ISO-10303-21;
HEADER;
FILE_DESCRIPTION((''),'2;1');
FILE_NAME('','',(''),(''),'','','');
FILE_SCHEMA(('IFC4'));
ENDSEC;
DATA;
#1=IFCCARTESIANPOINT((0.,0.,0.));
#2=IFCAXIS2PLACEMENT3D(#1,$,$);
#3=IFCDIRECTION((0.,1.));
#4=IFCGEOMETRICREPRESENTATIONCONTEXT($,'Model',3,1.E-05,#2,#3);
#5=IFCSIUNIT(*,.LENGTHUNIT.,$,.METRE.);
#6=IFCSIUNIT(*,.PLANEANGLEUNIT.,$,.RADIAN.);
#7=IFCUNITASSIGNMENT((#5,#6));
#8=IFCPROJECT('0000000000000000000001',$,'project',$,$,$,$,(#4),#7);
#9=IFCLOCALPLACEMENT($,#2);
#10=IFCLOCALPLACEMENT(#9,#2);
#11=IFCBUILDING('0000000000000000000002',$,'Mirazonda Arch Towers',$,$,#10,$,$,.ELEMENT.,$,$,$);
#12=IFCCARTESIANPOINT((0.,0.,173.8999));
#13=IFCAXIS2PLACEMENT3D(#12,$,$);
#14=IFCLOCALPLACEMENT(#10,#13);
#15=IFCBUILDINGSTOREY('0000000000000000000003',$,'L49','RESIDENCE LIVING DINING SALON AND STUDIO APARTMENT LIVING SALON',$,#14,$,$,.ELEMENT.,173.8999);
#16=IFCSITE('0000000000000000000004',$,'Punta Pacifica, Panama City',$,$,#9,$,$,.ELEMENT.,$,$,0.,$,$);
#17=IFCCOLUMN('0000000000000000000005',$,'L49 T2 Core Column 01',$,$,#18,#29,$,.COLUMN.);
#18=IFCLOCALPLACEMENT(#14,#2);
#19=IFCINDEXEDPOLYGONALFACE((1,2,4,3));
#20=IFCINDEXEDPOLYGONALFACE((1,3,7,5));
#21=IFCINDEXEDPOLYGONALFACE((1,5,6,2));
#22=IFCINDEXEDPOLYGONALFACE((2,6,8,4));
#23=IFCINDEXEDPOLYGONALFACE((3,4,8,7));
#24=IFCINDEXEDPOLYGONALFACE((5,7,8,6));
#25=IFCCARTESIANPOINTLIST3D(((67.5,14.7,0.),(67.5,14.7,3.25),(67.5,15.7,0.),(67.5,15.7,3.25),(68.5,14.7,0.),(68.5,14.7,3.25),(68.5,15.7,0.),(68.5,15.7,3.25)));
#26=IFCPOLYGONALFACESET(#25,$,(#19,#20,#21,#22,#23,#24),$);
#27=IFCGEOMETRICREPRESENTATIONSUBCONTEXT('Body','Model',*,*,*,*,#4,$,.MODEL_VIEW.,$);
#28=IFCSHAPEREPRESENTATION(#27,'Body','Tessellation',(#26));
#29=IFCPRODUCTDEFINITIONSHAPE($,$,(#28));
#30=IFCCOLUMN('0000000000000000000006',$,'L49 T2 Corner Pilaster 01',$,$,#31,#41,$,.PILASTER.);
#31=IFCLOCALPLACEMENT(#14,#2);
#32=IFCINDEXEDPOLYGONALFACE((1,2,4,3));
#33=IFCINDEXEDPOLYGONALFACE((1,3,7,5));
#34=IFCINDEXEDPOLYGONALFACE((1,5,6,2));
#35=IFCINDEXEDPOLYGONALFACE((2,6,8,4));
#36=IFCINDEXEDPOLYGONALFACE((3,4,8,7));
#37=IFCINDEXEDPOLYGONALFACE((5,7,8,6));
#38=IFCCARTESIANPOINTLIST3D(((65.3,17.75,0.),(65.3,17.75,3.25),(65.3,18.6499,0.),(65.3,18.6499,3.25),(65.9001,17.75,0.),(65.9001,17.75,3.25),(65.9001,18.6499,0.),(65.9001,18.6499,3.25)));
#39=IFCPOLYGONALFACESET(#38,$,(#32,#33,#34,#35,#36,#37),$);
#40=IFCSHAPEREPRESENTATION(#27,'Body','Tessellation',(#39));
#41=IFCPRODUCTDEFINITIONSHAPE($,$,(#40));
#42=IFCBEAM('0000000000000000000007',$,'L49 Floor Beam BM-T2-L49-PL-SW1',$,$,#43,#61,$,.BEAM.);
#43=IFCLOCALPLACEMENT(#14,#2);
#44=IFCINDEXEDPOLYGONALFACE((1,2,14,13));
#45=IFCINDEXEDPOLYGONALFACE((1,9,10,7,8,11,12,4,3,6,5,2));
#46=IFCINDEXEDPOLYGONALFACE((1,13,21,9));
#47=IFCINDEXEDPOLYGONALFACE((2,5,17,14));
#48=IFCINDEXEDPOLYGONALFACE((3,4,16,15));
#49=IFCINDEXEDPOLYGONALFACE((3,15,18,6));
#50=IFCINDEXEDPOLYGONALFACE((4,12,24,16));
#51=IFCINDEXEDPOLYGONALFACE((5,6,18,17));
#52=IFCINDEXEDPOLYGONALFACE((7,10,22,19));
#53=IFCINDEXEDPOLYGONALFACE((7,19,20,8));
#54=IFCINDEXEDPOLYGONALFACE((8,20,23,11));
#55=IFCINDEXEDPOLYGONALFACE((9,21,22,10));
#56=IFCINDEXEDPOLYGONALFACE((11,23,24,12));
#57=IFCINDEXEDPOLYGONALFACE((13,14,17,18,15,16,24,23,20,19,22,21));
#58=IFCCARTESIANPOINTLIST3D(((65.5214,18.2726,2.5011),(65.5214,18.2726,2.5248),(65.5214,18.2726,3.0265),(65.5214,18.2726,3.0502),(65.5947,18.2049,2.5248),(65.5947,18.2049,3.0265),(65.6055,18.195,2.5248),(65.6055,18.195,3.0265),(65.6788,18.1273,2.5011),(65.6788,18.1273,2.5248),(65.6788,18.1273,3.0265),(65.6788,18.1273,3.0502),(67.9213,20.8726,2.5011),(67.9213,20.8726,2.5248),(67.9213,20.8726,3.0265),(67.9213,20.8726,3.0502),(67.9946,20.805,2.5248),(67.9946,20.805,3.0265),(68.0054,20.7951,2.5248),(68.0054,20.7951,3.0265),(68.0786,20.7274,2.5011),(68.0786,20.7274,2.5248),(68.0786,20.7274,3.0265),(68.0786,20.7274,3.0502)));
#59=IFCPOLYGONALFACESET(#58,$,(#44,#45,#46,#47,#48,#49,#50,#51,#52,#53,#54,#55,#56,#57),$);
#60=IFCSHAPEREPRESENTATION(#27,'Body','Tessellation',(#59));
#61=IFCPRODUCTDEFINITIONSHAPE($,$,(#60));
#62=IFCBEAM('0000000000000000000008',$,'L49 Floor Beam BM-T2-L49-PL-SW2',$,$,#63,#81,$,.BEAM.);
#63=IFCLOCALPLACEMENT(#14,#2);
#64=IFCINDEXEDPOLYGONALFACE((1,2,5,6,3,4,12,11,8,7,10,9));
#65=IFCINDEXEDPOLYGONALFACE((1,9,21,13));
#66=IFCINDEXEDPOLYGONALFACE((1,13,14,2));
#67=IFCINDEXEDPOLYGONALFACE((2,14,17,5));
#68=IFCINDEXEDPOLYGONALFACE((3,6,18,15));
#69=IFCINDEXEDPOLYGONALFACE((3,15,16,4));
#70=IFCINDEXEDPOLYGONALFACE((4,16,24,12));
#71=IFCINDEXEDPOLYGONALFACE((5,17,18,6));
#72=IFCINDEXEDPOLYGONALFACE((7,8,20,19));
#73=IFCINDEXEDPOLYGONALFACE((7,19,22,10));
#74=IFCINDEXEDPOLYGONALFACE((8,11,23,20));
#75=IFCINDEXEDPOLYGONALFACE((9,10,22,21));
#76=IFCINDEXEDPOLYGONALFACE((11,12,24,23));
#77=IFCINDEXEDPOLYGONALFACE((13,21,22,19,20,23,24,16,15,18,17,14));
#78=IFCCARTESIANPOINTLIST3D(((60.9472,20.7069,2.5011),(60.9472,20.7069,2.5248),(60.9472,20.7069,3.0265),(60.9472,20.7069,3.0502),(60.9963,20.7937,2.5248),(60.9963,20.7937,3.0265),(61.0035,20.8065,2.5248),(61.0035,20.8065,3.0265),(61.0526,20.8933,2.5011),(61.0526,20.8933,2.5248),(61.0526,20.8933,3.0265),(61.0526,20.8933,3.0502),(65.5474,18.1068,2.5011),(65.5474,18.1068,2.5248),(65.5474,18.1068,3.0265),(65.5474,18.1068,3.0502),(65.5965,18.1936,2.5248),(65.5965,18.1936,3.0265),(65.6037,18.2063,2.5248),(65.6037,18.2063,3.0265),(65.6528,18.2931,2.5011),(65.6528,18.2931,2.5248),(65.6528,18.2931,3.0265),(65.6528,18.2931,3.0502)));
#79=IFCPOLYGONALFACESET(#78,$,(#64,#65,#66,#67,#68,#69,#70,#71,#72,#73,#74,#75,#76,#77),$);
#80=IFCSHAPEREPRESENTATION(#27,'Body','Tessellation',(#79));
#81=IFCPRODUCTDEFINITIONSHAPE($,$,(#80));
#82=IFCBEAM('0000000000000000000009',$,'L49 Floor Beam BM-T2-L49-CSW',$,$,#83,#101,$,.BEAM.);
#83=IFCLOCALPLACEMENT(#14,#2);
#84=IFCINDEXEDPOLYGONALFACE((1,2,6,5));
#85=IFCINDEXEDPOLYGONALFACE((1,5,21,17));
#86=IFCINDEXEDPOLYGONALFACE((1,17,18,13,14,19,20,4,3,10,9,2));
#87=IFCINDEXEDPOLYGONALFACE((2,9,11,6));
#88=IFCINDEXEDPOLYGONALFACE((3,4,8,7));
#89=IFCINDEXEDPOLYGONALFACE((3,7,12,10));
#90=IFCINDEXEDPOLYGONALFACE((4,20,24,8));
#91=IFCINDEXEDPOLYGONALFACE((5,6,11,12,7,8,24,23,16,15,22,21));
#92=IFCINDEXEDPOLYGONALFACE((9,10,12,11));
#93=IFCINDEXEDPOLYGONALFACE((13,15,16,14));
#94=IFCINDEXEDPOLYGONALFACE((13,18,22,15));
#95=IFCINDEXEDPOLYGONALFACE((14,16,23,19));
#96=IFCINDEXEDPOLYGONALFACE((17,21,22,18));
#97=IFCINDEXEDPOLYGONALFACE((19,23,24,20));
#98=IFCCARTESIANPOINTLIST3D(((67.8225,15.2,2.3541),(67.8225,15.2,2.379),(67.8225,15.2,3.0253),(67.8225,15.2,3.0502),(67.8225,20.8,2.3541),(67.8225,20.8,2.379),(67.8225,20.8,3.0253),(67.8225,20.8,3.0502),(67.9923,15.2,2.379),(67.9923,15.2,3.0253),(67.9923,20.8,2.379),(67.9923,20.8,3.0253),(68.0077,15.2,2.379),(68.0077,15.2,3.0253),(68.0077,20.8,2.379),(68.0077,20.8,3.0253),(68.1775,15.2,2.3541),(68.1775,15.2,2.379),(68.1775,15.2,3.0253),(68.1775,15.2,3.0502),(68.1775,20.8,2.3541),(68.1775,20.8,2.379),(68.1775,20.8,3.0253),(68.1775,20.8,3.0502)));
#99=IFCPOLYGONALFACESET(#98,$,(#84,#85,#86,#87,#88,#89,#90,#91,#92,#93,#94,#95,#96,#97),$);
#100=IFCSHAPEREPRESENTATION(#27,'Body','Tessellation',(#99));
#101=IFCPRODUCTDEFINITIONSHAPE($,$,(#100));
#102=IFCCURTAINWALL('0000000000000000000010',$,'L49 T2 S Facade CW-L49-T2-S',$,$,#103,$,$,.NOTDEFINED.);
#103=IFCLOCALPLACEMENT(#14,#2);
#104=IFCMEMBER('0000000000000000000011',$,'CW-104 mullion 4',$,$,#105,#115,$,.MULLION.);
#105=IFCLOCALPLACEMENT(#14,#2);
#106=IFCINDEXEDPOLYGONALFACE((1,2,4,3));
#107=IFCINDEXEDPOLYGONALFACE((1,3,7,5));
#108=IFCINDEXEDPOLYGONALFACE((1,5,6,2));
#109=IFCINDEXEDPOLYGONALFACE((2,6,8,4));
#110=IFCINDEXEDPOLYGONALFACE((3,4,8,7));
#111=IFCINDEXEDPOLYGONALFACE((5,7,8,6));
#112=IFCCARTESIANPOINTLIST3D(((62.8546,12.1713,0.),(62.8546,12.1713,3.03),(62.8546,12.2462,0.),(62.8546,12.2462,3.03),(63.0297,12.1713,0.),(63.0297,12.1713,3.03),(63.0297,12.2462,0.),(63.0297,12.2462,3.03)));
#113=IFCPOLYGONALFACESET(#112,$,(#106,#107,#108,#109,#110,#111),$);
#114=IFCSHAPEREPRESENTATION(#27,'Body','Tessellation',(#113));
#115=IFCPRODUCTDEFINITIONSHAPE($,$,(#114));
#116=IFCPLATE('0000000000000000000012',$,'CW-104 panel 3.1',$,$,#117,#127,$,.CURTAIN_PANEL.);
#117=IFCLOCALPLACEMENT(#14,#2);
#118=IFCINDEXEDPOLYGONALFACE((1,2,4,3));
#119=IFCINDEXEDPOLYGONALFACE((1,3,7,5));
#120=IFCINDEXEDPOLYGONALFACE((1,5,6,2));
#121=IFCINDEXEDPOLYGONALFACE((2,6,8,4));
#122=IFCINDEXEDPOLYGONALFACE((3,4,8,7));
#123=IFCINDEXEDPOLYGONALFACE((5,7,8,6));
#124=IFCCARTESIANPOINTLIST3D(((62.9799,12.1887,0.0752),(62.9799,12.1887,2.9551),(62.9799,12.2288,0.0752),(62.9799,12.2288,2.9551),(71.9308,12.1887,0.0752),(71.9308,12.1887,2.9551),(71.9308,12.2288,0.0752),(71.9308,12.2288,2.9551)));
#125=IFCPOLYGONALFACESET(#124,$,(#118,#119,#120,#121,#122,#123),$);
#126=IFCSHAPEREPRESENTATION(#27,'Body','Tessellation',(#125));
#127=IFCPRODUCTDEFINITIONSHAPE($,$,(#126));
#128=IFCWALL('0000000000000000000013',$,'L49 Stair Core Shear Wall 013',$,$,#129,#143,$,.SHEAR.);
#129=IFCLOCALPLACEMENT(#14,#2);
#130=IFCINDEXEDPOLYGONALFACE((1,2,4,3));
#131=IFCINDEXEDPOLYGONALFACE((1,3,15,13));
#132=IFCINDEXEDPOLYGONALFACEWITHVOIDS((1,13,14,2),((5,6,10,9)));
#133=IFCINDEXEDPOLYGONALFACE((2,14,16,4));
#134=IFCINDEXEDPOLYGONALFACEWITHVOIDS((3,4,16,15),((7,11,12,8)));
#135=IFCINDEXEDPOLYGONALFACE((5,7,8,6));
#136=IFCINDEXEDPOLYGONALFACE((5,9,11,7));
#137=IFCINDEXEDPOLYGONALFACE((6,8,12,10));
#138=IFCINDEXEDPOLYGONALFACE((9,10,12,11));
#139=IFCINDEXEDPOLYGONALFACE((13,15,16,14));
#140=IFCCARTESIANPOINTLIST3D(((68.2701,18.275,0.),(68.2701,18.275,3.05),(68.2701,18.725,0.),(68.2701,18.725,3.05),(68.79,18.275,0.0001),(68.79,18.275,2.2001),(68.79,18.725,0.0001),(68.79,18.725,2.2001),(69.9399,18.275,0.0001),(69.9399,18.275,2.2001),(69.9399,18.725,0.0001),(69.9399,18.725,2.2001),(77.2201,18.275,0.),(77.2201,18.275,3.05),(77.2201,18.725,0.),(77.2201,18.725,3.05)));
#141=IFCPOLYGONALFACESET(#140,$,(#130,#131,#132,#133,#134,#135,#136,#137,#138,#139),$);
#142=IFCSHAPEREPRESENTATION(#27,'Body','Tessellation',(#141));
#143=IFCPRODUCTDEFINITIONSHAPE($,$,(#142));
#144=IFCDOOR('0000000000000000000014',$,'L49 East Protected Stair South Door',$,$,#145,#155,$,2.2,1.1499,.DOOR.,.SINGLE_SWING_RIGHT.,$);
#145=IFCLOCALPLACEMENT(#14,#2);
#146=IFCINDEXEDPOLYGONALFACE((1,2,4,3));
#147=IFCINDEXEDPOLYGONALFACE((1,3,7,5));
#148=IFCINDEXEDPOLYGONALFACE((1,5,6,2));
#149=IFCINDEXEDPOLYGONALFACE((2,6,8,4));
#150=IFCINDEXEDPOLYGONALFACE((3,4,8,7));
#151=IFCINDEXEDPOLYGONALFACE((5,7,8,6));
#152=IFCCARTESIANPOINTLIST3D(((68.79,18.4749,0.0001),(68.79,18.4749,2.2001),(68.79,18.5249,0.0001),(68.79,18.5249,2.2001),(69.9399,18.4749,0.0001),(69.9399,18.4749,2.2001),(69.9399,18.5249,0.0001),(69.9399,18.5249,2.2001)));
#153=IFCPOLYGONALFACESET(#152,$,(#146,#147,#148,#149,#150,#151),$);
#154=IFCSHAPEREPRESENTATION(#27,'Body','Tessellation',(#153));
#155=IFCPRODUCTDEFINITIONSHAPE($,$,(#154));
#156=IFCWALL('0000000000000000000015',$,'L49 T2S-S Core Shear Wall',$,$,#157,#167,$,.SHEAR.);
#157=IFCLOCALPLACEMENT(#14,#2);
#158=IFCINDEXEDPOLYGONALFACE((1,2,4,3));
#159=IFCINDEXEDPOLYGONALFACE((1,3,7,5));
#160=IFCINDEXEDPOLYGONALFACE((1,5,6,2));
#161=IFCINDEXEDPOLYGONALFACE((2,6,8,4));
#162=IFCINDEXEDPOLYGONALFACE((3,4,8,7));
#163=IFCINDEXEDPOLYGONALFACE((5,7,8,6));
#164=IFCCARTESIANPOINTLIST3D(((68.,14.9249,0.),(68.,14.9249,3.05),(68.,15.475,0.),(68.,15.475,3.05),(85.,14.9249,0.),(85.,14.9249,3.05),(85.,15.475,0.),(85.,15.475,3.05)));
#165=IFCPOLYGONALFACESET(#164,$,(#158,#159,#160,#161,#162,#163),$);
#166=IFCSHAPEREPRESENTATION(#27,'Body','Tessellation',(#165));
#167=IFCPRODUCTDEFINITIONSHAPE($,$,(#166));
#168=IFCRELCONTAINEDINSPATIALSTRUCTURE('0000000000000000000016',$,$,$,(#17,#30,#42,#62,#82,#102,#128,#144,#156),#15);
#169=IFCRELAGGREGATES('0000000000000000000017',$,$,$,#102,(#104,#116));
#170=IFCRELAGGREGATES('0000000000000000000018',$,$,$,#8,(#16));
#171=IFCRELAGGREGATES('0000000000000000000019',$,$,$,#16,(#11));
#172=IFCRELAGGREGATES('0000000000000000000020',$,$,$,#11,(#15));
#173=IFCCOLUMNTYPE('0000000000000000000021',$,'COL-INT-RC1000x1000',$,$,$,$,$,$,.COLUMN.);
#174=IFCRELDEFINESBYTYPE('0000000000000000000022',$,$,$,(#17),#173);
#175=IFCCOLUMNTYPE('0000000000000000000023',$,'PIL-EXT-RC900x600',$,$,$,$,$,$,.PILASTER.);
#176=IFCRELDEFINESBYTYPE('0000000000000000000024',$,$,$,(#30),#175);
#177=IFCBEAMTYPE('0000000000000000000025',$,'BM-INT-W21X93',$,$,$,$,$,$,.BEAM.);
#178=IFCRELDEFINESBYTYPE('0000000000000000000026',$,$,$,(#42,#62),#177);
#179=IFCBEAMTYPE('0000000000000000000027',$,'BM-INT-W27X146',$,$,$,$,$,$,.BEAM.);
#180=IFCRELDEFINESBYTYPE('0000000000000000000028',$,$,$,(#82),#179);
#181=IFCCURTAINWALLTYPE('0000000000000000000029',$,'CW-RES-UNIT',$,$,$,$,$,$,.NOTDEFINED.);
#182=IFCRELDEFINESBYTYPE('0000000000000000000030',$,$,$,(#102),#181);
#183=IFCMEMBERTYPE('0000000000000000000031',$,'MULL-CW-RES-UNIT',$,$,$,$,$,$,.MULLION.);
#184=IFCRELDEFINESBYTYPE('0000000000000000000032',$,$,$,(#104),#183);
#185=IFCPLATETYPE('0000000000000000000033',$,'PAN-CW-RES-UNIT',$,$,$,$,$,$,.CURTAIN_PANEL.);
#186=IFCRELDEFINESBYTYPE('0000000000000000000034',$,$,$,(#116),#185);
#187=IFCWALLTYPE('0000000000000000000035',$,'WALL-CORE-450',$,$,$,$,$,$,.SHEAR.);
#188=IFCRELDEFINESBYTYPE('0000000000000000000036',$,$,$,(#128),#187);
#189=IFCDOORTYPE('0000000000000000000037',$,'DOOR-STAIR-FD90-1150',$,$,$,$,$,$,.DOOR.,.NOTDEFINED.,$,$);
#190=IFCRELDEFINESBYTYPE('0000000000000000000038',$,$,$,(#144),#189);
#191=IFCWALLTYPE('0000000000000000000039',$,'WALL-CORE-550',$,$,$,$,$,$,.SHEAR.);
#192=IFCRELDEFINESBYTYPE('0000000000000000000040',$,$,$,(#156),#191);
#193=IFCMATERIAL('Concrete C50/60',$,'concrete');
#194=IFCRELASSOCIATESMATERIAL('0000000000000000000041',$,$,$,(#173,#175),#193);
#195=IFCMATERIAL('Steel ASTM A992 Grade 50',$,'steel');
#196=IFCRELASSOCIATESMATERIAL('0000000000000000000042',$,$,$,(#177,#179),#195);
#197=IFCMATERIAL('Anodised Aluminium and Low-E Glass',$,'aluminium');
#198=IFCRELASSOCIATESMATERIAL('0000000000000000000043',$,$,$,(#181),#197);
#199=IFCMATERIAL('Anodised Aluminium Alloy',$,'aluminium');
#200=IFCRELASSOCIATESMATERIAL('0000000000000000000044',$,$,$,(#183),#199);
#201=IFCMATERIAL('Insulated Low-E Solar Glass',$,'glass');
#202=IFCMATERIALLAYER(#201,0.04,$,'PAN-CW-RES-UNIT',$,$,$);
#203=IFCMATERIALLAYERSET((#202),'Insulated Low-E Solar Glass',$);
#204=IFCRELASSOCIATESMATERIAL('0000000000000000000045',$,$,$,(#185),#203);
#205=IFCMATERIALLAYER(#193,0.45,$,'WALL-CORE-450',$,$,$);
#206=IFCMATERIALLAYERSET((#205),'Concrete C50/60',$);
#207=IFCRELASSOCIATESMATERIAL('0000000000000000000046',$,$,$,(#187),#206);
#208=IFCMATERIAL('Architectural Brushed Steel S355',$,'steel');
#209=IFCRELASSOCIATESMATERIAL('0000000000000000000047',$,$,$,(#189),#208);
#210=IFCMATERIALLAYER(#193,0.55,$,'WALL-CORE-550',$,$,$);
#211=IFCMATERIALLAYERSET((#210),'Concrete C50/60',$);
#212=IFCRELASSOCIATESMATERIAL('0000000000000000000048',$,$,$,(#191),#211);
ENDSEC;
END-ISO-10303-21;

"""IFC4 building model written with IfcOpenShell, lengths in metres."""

from ifc_helpers import new_model, si_unit, direction, frame, frame_2d, origin, origin_2d, place, context, subcontext, project, spatial, rectangle, i_section, extrude, material, layer, layer_set, material_profile, profile_set, type_object, element, fill, aggregate, save


model = new_model("IFC4")

# Units and contexts
model_context = context("Model", 3, precision=1e-05, world=origin(), true_north=direction((0.0, 1.0)))
body_context = subcontext(model_context, "Body", "Model", "MODEL_VIEW")
ifc_project = project(units=[si_unit("LENGTHUNIT", "METRE"), si_unit("PLANEANGLEUNIT", "RADIAN")], contexts=[model_context])

# Site, building, storey
site_placement = place(None, origin())
site = spatial("IfcSite", under=ifc_project, at=site_placement, Name="Punta Pacifica, Panama City", CompositionType="ELEMENT", RefElevation=0.0)
building_placement = place(site_placement, origin())
building = spatial("IfcBuilding", under=site, at=building_placement, Name="Mirazonda Arch Towers", CompositionType="ELEMENT")
storey_placement = place(building_placement, frame((0.0, 0.0, 173.8999)))
storey = spatial("IfcBuildingStorey", under=building, at=storey_placement, Name="L49", Description="RESIDENCE LIVING DINING SALON AND STUDIO APARTMENT LIVING SALON", CompositionType="ELEMENT", Elevation=173.8999)

# Columns
ifc_material_1 = material(Name="Concrete C50/60", Category="concrete")
ifc_material_profile_1 = material_profile(ifc_material_1, rectangle(XDim=1.0, YDim=1.0, at=origin_2d()), Name="RC1000x1000")
ifc_profile_set_1 = profile_set([ifc_material_profile_1], Name="Concrete C50/60")
column_type_1 = type_object("IfcColumnType", Name="COL-INT-RC1000x1000", PredefinedType="COLUMN", material=ifc_profile_set_1)
column_1_placement = place(storey_placement, frame((68.0, 15.2, 0.0), z_axis=(0.0, 0.0, 1.0), x_axis=(1.0, 0.0, 0.0)))
element("IfcColumn", 1, at=column_1_placement, inside=storey, type_object=column_type_1, Name="L49 T2 Core Column 01", PredefinedType="COLUMN", context=body_context, shape_type="SweptSolid", body=[
    extrude(rectangle(XDim=1.0, YDim=1.0, at=origin_2d()), origin(), (0.0, 0.0, 1.0), 3.25),
])
ifc_material_profile_2 = material_profile(ifc_material_1, rectangle(XDim=0.6001, YDim=0.8999, at=origin_2d()), Name="RC900x600")
ifc_profile_set_2 = profile_set([ifc_material_profile_2], Name="Concrete C50/60")
column_type_2 = type_object("IfcColumnType", Name="PIL-EXT-RC900x600", PredefinedType="PILASTER", material=ifc_profile_set_2)
column_2_placement = place(storey_placement, frame((65.6001, 18.2, 0.0), z_axis=(0.0, 0.0, 1.0), x_axis=(1.0, 0.0, 0.0)))
element("IfcColumn", 2, at=column_2_placement, inside=storey, type_object=column_type_2, Name="L49 T2 Corner Pilaster 01", PredefinedType="PILASTER", context=body_context, shape_type="SweptSolid", body=[
    extrude(rectangle(XDim=0.6001, YDim=0.8999, at=origin_2d()), origin(), (0.0, 0.0, 1.0), 3.25),
])

# Beams
ifc_material_2 = material(Name="Steel ASTM A992 Grade 50", Category="steel")
ifc_material_profile_3 = material_profile(ifc_material_2, i_section(OverallWidth=0.2141, OverallDepth=0.5491, WebThickness=0.0146, FlangeThickness=0.0237, at=origin_2d()), Name="W21X93")
ifc_profile_set_3 = profile_set([ifc_material_profile_3], Name="Steel ASTM A992 Grade 50")
beam_type_1 = type_object("IfcBeamType", Name="BM-INT-W21X93", PredefinedType="BEAM", material=ifc_profile_set_3)
beam_1_placement = place(storey_placement, frame((65.6001, 18.2, 2.7756), z_axis=(0.678251, 0.73483, 0.0), x_axis=(-0.73483, 0.678251, 0.0)))
element("IfcBeam", 3, at=beam_1_placement, inside=storey, type_object=beam_type_1, Name="L49 Floor Beam BM-T2-L49-PL-SW1", PredefinedType="BEAM", context=body_context, shape_type="SweptSolid", body=[
    extrude(i_section(OverallWidth=0.2141, OverallDepth=0.5491, WebThickness=0.0146, FlangeThickness=0.0237, at=origin_2d()), origin(), (0.0, 0.0, 1.0), 3.5383),
])
beam_2_placement = place(storey_placement, frame((65.6001, 18.2, 2.7756), z_axis=(-0.870559, 0.492063, 0.0), x_axis=(-0.492063, -0.870559, 0.0)))
element("IfcBeam", 4, at=beam_2_placement, inside=storey, type_object=beam_type_1, Name="L49 Floor Beam BM-T2-L49-PL-SW2", PredefinedType="BEAM", context=body_context, shape_type="SweptSolid", body=[
    extrude(i_section(OverallWidth=0.2141, OverallDepth=0.5491, WebThickness=0.0146, FlangeThickness=0.0237, at=origin_2d()), origin(), (0.0, 0.0, 1.0), 5.2842),
])
ifc_material_profile_4 = material_profile(ifc_material_2, i_section(OverallWidth=0.355, OverallDepth=0.696, WebThickness=0.0154, FlangeThickness=0.0249, at=origin_2d()), Name="W27X146")
ifc_profile_set_4 = profile_set([ifc_material_profile_4], Name="Steel ASTM A992 Grade 50")
beam_type_2 = type_object("IfcBeamType", Name="BM-INT-W27X146", PredefinedType="BEAM", material=ifc_profile_set_4)
beam_3_placement = place(storey_placement, frame((68.0, 15.2, 2.7021), z_axis=(0.0, 1.0, 0.0), x_axis=(-1.0, 0.0, 0.0)))
element("IfcBeam", 5, at=beam_3_placement, inside=storey, type_object=beam_type_2, Name="L49 Floor Beam BM-T2-L49-CSW", PredefinedType="BEAM", context=body_context, shape_type="SweptSolid", body=[
    extrude(i_section(OverallWidth=0.355, OverallDepth=0.696, WebThickness=0.0154, FlangeThickness=0.0249, at=origin_2d()), origin(), (0.0, 0.0, 1.0), 5.6001),
])

# Curtain wall, member, plate
ifc_material_3 = material(Name="Anodised Aluminium and Low-E Glass", Category="aluminium")
curtain_wall_type = type_object("IfcCurtainWallType", Name="CW-RES-UNIT", PredefinedType="NOTDEFINED", material=ifc_material_3)
curtain_wall_placement = place(storey_placement, origin())
curtain_wall = element("IfcCurtainWall", 6, at=curtain_wall_placement, inside=storey, type_object=curtain_wall_type, Name="L49 T2 S Facade CW-L49-T2-S", PredefinedType="NOTDEFINED")
ifc_material_4 = material(Name="Anodised Aluminium Alloy", Category="aluminium")
ifc_material_profile_5 = material_profile(ifc_material_4, rectangle(XDim=0.075, YDim=0.175, at=origin_2d()), Name="ALU-MULL-75x175")
ifc_profile_set_5 = profile_set([ifc_material_profile_5], Name="Anodised Aluminium Alloy")
member_type = type_object("IfcMemberType", Name="MULL-CW-RES-UNIT", PredefinedType="MULLION", material=ifc_profile_set_5)
member_placement = place(storey_placement, frame((62.9421, 12.2087, 0.0), z_axis=(0.0, 0.0, 1.0), x_axis=(0.0, -1.0, 0.0)))
member = element("IfcMember", 7, at=member_placement, type_object=member_type, Name="CW-104 mullion 4", PredefinedType="MULLION", context=body_context, shape_type="SweptSolid", body=[
    extrude(rectangle(XDim=0.075, YDim=0.175, at=origin_2d()), origin(), (0.0, 0.0, 1.0), 3.03),
])
ifc_material_5 = material(Name="Insulated Low-E Solar Glass", Category="glass")
ifc_layer_1 = layer(ifc_material_5, 0.04, Name="PAN-CW-RES-UNIT")
ifc_layer_set_1 = layer_set([ifc_layer_1], Name="Insulated Low-E Solar Glass")
plate_type = type_object("IfcPlateType", Name="PAN-CW-RES-UNIT", PredefinedType="CURTAIN_PANEL", material=ifc_layer_set_1)
plate_placement = place(storey_placement, frame((67.4553, 12.2087, 0.0752), z_axis=(0.0, 0.0, 1.0), x_axis=(-1.0, 0.0, 0.0)))
plate = element("IfcPlate", 8, at=plate_placement, type_object=plate_type, Name="CW-104 panel 3.1", PredefinedType="CURTAIN_PANEL", context=body_context, shape_type="SweptSolid", body=[
    extrude(rectangle(XDim=8.9509, YDim=0.04, at=origin_2d()), origin(), (0.0, 0.0, 1.0), 2.8799),
])
aggregate(curtain_wall, [member, plate])

# Wall, opening, door
ifc_layer_2 = layer(ifc_material_1, 0.45, Name="WALL-CORE-450")
ifc_layer_set_2 = layer_set([ifc_layer_2], Name="Concrete C50/60")
wall_type_1 = type_object("IfcWallType", Name="WALL-CORE-450", PredefinedType="SHEAR", material=ifc_layer_set_2)
wall_1_placement = place(storey_placement, frame((68.27, 18.5, 0.0), z_axis=(0.0, 0.0, 1.0), x_axis=(1.0, 0.0, 0.0)))
wall_1 = element("IfcWall", 9, at=wall_1_placement, inside=storey, type_object=wall_type_1, Name="L49 Stair Core Shear Wall 013", PredefinedType="SHEAR", context=body_context, shape_type="SweptSolid", body=[
    extrude(rectangle(XDim=8.95, YDim=0.45, at=frame_2d((4.4751, 0.0))), origin(), (0.0, 0.0, 1.0), 3.05),
])
opening_placement = place(wall_1_placement, frame((0.52, 0.0, 0.0)))
opening = element("IfcOpeningElement", 10, at=opening_placement, cuts=wall_1, PredefinedType="OPENING", context=body_context, shape_type="SweptSolid", body=[
    extrude(rectangle(XDim=1.1499, YDim=2.2, at=frame_2d((0.575, 1.1001))), frame((0.0, 0.2349, 0.0), z_axis=(0.0, -1.0, 0.0), x_axis=(1.0, 0.0, 0.0)), (0.0, 0.0, 1.0), 0.47),
])
ifc_material_6 = material(Name="Architectural Brushed Steel S355", Category="steel")
door_type = type_object("IfcDoorType", Name="DOOR-STAIR-FD90-1150", OperationType="NOTDEFINED", PredefinedType="DOOR", material=ifc_material_6)
door_placement = place(opening_placement, origin())
door = element("IfcDoor", 11, at=door_placement, inside=storey, type_object=door_type, Name="L49 East Protected Stair South Door", OperationType="SINGLE_SWING_RIGHT", OverallHeight=2.2, OverallWidth=1.1499, PredefinedType="DOOR", context=body_context, shape_type="SweptSolid", body=[
    extrude(rectangle(XDim=1.1499, YDim=2.2, at=frame_2d((0.575, 1.1001))), frame((0.0, 0.0249, 0.0), z_axis=(0.0, -1.0, 0.0), x_axis=(1.0, 0.0, 0.0)), (0.0, 0.0, 1.0), 0.05),
])
fill(opening, door)

# Wall
ifc_layer_3 = layer(ifc_material_1, 0.55, Name="WALL-CORE-550")
ifc_layer_set_3 = layer_set([ifc_layer_3], Name="Concrete C50/60")
wall_type_2 = type_object("IfcWallType", Name="WALL-CORE-550", PredefinedType="SHEAR", material=ifc_layer_set_3)
wall_2_placement = place(storey_placement, frame((68.0, 15.2, 0.0), z_axis=(0.0, 0.0, 1.0), x_axis=(1.0, 0.0, 0.0)))
element("IfcWall", 12, at=wall_2_placement, inside=storey, type_object=wall_type_2, Name="L49 T2S-S Core Shear Wall", PredefinedType="SHEAR", context=body_context, shape_type="SweptSolid", body=[
    extrude(rectangle(XDim=17.0, YDim=0.55, at=frame_2d((8.5, 0.0))), origin(), (0.0, 0.0, 1.0), 3.05),
])

save(model, "model.ifc")
